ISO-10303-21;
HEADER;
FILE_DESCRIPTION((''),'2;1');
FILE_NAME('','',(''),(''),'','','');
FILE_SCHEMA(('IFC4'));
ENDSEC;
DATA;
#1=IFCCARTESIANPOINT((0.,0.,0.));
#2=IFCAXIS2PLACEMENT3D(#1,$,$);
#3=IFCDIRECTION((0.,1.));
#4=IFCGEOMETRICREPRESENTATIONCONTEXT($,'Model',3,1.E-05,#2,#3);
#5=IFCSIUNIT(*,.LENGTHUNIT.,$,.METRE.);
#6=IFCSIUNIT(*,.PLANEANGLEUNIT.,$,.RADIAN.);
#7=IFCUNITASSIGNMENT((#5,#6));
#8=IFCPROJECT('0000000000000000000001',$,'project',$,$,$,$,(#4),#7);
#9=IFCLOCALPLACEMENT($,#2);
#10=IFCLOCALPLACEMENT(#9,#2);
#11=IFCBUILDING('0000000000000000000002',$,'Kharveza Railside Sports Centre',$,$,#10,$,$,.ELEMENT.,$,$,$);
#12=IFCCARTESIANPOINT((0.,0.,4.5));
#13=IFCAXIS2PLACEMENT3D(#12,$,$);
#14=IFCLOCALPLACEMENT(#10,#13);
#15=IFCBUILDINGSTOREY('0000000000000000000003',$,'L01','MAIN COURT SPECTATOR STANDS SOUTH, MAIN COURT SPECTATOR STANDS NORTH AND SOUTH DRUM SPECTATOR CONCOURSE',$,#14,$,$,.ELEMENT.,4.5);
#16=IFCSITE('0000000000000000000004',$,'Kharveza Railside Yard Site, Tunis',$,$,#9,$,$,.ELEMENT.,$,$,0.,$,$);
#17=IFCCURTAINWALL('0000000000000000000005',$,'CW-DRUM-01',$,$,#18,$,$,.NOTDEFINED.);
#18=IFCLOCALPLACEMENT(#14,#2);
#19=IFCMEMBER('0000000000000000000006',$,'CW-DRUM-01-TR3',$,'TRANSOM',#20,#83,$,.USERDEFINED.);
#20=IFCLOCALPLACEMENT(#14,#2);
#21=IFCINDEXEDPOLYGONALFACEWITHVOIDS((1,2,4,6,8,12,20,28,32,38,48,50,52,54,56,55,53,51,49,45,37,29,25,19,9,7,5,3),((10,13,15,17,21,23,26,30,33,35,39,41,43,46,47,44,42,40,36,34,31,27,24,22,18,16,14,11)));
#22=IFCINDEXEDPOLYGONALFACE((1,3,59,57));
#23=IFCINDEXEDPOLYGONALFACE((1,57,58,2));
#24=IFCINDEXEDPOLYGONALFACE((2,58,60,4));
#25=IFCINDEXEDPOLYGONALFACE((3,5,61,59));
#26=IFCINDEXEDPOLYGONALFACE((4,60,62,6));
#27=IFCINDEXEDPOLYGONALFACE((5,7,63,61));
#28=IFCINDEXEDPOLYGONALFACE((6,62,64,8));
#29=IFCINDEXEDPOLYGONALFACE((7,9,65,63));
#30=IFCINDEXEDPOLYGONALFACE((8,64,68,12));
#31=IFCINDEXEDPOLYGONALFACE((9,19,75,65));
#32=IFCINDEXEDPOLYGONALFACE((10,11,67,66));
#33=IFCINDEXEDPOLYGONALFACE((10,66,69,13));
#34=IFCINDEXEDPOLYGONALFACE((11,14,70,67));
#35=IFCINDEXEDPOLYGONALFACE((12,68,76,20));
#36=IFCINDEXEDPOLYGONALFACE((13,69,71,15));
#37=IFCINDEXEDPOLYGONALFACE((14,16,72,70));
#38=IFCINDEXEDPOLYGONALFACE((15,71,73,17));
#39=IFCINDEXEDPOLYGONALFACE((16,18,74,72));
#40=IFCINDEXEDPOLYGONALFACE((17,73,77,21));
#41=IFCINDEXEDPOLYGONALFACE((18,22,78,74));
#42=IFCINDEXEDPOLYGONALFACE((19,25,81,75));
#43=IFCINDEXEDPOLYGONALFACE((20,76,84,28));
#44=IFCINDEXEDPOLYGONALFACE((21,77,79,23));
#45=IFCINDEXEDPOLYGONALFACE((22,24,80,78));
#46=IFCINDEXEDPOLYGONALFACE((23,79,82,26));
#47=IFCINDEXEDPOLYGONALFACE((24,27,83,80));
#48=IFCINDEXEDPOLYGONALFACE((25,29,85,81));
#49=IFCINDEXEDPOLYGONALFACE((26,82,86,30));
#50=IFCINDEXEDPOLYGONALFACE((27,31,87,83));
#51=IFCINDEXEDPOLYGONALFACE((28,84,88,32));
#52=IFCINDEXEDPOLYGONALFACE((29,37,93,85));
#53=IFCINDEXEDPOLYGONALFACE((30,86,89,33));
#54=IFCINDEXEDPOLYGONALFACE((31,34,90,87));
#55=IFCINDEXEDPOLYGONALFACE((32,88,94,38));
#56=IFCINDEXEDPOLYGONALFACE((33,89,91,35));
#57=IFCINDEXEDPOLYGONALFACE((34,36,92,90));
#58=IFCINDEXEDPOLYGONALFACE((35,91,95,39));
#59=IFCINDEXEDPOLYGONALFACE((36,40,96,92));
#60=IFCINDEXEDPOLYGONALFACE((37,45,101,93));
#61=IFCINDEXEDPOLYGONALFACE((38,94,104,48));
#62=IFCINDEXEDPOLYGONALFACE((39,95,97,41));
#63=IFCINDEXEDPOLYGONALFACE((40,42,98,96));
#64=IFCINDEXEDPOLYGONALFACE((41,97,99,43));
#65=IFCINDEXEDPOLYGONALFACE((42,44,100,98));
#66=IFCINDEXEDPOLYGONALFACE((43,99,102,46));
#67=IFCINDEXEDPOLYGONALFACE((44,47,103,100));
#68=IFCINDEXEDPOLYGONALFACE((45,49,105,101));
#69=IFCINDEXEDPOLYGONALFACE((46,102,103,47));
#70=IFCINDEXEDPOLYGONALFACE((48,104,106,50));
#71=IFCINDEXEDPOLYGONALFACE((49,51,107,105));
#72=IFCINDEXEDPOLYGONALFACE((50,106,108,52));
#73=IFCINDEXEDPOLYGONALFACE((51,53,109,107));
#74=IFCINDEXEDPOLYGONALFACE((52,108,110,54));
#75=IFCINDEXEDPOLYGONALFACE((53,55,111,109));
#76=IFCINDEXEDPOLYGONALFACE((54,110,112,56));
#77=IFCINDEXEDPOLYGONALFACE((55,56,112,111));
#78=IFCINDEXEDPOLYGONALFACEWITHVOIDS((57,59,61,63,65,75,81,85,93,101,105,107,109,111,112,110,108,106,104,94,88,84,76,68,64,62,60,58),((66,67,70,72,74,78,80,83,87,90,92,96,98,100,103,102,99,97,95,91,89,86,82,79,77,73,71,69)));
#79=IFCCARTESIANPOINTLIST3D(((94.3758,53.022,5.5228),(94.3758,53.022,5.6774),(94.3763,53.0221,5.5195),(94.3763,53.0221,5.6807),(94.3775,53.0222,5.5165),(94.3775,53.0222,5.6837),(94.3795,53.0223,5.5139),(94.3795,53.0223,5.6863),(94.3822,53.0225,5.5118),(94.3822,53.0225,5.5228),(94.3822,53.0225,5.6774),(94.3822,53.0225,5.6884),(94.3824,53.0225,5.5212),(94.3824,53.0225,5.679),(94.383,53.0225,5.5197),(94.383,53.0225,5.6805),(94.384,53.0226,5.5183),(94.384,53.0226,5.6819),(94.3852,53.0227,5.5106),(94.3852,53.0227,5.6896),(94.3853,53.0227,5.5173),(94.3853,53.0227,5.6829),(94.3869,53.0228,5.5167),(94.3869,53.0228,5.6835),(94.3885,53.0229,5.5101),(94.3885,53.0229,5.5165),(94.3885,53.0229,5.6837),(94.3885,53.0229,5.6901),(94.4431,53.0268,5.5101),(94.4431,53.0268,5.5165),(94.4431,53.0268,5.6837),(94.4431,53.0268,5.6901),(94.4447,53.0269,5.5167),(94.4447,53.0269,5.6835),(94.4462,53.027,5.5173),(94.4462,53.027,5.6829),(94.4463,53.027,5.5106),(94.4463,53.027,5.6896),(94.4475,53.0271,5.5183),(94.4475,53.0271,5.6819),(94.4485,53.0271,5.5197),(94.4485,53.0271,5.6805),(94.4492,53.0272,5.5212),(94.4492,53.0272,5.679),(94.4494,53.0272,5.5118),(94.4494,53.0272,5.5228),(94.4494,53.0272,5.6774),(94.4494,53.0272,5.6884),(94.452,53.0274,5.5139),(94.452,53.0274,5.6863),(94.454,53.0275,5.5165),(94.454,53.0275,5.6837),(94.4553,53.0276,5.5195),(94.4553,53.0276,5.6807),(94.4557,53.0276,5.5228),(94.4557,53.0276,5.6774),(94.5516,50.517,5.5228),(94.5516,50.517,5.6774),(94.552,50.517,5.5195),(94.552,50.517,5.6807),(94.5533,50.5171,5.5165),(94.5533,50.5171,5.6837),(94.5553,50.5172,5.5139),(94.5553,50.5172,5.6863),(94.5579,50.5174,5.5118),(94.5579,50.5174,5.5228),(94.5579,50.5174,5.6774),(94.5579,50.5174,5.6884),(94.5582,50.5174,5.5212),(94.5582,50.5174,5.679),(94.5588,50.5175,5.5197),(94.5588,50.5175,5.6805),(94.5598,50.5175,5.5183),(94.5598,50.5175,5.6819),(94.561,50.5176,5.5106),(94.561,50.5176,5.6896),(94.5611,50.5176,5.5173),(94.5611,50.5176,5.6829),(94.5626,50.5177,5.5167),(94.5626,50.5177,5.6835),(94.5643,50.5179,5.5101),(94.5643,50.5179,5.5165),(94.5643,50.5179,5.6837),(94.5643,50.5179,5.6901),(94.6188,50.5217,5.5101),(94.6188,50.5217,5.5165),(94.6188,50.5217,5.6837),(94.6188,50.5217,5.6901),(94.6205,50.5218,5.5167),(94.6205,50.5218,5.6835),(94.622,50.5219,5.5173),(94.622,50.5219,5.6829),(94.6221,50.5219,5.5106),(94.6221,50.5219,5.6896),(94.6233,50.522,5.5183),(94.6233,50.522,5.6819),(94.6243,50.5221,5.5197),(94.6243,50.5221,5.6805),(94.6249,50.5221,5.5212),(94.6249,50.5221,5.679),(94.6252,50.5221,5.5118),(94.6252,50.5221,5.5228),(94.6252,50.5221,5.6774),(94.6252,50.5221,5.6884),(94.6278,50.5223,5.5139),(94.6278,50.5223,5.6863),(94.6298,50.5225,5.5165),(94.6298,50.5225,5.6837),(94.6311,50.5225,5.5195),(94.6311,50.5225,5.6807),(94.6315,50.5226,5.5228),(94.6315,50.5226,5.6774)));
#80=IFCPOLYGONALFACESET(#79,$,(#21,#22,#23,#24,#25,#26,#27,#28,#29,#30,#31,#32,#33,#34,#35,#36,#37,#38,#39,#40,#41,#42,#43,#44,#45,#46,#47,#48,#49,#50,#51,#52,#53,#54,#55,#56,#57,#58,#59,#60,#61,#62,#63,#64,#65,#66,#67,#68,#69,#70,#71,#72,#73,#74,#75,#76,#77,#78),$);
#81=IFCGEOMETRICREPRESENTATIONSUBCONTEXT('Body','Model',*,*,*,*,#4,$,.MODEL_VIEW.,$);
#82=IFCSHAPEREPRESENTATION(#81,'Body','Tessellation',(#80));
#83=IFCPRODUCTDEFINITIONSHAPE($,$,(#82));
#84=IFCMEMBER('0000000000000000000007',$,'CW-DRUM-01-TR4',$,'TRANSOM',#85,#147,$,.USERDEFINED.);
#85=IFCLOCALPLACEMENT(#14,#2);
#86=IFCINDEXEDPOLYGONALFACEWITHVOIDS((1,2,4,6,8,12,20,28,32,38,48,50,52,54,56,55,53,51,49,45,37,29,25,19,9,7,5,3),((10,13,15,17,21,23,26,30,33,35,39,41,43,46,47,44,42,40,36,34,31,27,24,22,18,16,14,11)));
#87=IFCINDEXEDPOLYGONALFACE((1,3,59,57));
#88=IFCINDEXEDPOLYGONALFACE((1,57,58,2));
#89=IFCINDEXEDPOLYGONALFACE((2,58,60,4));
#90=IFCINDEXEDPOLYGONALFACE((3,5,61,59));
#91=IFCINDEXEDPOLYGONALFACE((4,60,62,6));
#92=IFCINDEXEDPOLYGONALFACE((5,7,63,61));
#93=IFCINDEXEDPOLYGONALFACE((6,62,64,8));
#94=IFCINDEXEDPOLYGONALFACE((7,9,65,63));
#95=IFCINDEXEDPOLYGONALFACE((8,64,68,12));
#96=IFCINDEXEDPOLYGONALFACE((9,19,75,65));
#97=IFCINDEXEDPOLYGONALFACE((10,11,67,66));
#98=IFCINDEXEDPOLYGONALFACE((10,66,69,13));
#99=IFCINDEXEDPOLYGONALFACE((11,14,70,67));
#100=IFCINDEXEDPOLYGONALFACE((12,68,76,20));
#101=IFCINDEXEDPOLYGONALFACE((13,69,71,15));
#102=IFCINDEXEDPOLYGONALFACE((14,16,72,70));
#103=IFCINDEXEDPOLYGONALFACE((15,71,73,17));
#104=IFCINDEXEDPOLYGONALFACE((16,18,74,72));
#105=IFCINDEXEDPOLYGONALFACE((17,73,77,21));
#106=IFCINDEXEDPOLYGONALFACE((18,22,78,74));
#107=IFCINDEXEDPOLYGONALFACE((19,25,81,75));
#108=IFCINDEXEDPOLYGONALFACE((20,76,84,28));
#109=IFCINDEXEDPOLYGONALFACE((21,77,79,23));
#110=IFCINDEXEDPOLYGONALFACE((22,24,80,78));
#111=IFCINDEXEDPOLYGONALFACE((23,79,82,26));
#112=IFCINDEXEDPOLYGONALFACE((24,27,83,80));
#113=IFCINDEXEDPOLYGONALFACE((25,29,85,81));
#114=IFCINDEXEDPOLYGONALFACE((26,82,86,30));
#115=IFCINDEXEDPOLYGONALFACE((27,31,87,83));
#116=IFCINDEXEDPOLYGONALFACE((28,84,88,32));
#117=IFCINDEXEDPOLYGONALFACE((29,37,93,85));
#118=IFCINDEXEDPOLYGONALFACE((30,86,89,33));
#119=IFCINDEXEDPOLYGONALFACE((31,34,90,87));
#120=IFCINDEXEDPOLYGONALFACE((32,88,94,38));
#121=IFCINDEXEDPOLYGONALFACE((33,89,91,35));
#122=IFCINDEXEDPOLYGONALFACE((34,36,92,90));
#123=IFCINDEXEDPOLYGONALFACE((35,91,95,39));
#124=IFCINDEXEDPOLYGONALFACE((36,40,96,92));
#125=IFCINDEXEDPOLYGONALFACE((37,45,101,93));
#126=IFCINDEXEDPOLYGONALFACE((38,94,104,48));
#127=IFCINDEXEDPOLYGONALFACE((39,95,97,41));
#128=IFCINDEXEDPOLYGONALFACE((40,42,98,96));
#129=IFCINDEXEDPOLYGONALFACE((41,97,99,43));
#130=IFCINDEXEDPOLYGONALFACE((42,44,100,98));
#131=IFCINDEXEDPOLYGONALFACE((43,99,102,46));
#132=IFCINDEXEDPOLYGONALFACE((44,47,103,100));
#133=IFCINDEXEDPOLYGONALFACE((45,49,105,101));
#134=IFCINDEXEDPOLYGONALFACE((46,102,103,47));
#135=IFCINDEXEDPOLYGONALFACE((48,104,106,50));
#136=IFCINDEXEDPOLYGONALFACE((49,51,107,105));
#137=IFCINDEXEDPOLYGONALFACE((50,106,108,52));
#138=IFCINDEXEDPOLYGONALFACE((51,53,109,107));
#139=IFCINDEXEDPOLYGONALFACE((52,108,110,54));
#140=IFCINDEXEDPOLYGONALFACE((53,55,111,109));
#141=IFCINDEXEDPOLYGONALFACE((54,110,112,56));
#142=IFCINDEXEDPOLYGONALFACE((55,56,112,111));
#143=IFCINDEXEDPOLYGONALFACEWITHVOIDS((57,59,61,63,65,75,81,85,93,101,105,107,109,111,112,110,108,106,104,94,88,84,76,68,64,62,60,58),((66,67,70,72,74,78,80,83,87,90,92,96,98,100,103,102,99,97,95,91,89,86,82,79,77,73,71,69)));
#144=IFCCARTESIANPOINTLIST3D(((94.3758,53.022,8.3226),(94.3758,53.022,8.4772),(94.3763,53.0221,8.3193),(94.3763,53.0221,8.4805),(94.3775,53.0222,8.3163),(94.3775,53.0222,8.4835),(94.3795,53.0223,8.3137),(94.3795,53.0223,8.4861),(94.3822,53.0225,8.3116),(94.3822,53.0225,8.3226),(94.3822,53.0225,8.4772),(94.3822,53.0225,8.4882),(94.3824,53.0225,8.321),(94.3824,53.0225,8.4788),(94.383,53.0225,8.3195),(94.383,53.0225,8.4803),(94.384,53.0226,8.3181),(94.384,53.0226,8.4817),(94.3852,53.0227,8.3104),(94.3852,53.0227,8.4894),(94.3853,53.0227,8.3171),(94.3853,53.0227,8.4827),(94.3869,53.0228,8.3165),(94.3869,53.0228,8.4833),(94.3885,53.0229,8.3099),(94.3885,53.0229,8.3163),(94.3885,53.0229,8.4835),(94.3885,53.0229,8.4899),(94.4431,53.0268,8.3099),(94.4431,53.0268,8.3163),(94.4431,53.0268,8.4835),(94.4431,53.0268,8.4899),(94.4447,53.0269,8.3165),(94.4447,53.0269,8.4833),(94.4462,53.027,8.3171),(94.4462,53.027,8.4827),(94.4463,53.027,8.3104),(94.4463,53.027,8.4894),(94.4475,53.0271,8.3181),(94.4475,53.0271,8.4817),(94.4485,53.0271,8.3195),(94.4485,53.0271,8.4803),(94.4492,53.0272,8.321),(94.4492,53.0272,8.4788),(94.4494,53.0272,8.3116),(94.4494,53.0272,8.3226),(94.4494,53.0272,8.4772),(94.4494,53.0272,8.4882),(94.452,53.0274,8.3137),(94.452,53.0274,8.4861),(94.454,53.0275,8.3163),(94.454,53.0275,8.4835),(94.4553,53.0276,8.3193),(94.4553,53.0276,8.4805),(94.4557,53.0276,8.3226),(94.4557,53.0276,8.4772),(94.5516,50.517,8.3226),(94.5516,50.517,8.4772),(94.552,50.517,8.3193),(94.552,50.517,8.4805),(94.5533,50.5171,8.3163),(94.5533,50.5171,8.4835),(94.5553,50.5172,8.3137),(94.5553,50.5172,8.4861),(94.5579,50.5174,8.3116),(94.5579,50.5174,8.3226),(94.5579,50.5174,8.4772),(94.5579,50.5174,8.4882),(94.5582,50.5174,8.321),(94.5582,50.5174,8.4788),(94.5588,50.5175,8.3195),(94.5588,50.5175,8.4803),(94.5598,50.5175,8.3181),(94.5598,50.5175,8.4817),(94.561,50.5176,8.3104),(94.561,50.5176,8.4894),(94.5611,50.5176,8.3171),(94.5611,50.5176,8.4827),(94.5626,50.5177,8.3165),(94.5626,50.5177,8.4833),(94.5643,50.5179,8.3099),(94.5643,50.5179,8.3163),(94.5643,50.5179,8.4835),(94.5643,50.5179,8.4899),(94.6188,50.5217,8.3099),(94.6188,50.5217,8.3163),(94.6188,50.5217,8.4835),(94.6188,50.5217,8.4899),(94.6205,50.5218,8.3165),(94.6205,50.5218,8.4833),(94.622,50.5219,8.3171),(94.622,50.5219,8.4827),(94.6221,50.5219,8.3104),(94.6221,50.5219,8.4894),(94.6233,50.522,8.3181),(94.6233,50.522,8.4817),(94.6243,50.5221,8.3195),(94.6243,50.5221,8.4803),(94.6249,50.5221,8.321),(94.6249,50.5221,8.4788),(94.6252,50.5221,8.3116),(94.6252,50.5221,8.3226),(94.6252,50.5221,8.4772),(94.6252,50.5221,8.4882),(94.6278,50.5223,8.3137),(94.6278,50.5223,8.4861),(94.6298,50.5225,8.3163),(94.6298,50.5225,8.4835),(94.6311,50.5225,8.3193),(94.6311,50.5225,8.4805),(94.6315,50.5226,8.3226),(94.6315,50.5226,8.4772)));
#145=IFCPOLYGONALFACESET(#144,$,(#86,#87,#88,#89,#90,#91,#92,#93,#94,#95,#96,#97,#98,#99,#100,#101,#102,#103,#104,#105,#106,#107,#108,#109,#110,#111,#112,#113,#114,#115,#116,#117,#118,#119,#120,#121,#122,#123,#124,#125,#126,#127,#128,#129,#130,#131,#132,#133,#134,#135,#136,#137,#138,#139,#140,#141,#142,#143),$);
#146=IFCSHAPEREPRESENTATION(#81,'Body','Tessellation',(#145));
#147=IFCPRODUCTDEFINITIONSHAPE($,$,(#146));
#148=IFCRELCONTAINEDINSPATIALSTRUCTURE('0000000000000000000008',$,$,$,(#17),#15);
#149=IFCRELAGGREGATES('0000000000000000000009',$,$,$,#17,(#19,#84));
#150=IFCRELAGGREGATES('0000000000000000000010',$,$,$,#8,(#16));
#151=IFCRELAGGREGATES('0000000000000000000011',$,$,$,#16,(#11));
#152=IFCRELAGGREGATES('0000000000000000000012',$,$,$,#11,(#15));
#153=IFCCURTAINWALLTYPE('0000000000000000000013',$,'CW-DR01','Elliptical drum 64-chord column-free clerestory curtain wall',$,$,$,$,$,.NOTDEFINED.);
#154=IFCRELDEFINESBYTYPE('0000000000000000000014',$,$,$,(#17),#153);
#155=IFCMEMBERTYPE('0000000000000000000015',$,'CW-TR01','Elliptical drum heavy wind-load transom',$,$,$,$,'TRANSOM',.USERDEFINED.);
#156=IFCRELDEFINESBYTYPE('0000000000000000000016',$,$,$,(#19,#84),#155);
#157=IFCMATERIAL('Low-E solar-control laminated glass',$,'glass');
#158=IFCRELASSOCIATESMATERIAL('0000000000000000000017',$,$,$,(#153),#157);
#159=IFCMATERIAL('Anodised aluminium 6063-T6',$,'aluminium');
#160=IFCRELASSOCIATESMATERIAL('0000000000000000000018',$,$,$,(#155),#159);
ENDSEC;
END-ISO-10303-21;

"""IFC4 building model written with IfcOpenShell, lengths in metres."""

from ifc_helpers import new_model, si_unit, direction, frame, origin, origin_2d, place, context, subcontext, project, spatial, hollow_rectangle, extrude, material, material_profile, profile_set, type_object, element, aggregate, save


model = new_model("IFC4")

# Units and contexts
model_context = context("Model", 3, precision=1e-05, world=origin(), true_north=direction((0.0, 1.0)))
body_context = subcontext(model_context, "Body", "Model", "MODEL_VIEW")
ifc_project = project(units=[si_unit("LENGTHUNIT", "METRE"), si_unit("PLANEANGLEUNIT", "RADIAN")], contexts=[model_context])

# Site, building, storey
site_placement = place(None, origin())
site = spatial("IfcSite", under=ifc_project, at=site_placement, Name="Kharveza Railside Yard Site, Tunis", CompositionType="ELEMENT", RefElevation=0.0)
building_placement = place(site_placement, origin())
building = spatial("IfcBuilding", under=site, at=building_placement, Name="Kharveza Railside Sports Centre", CompositionType="ELEMENT")
storey_placement = place(building_placement, frame((0.0, 0.0, 4.5)))
storey = spatial("IfcBuildingStorey", under=building, at=storey_placement, Name="L01", Description="MAIN COURT SPECTATOR STANDS SOUTH, MAIN COURT SPECTATOR STANDS NORTH AND SOUTH DRUM SPECTATOR CONCOURSE", CompositionType="ELEMENT", Elevation=4.5)

# Curtain wall
ifc_material_1 = material(Name="Low-E solar-control laminated glass", Category="glass")
curtain_wall_type = type_object("IfcCurtainWallType", Name="CW-DR01", Description="Elliptical drum 64-chord column-free clerestory curtain wall", PredefinedType="NOTDEFINED", material=ifc_material_1)
curtain_wall_1_placement = place(storey_placement, origin())
curtain_wall_1 = element("IfcCurtainWall", 1, at=curtain_wall_1_placement, inside=storey, type_object=curtain_wall_type, Name="CW-DRUM-01", PredefinedType="NOTDEFINED")
ifc_material_2 = material(Name="Anodised aluminium 6063-T6", Category="aluminium")

# Members
ifc_material_profile_1 = material_profile(ifc_material_2, hollow_rectangle(XDim=0.0801, YDim=0.1799, WallThickness=0.0063, InnerFilletRadius=0.0063, OuterFilletRadius=0.0127, at=origin_2d()), Name="RHS 80x180x6.3")
ifc_profile_set_1 = profile_set([ifc_material_profile_1], Name="Anodised aluminium 6063-T6")
member_type_1 = type_object("IfcMemberType", Name="CW-TR01", Description="Elliptical drum heavy wind-load transom", ElementType="TRANSOM", PredefinedType="USERDEFINED", material=ifc_profile_set_1)
member_1_placement = place(storey_placement, frame((94.5916, 50.5198, 5.6001), z_axis=(-0.069996, 0.997547, 0.0), x_axis=(-0.997547, -0.069996, 0.0)))
member_1 = element("IfcMember", 2, at=member_1_placement, type_object=member_type_1, Name="CW-DRUM-01-TR3", ObjectType="TRANSOM", PredefinedType="USERDEFINED", context=body_context, shape_type="SweptSolid", body=[
    extrude(hollow_rectangle(XDim=0.0801, YDim=0.1799, WallThickness=0.0063, InnerFilletRadius=0.0063, OuterFilletRadius=0.0127, at=origin_2d()), origin(), (0.0, 0.0, 1.0), 2.5112),
])
member_2_placement = place(storey_placement, frame((94.5916, 50.5198, 8.3999), z_axis=(-0.069996, 0.997547, 0.0), x_axis=(-0.997547, -0.069996, 0.0)))
member_2 = element("IfcMember", 3, at=member_2_placement, type_object=member_type_1, Name="CW-DRUM-01-TR4", ObjectType="TRANSOM", PredefinedType="USERDEFINED", context=body_context, shape_type="SweptSolid", body=[
    extrude(hollow_rectangle(XDim=0.0801, YDim=0.1799, WallThickness=0.0063, InnerFilletRadius=0.0063, OuterFilletRadius=0.0127, at=origin_2d()), origin(), (0.0, 0.0, 1.0), 2.5112),
])
aggregate(curtain_wall_1, [member_1, member_2])

save(model, "model.ifc")
